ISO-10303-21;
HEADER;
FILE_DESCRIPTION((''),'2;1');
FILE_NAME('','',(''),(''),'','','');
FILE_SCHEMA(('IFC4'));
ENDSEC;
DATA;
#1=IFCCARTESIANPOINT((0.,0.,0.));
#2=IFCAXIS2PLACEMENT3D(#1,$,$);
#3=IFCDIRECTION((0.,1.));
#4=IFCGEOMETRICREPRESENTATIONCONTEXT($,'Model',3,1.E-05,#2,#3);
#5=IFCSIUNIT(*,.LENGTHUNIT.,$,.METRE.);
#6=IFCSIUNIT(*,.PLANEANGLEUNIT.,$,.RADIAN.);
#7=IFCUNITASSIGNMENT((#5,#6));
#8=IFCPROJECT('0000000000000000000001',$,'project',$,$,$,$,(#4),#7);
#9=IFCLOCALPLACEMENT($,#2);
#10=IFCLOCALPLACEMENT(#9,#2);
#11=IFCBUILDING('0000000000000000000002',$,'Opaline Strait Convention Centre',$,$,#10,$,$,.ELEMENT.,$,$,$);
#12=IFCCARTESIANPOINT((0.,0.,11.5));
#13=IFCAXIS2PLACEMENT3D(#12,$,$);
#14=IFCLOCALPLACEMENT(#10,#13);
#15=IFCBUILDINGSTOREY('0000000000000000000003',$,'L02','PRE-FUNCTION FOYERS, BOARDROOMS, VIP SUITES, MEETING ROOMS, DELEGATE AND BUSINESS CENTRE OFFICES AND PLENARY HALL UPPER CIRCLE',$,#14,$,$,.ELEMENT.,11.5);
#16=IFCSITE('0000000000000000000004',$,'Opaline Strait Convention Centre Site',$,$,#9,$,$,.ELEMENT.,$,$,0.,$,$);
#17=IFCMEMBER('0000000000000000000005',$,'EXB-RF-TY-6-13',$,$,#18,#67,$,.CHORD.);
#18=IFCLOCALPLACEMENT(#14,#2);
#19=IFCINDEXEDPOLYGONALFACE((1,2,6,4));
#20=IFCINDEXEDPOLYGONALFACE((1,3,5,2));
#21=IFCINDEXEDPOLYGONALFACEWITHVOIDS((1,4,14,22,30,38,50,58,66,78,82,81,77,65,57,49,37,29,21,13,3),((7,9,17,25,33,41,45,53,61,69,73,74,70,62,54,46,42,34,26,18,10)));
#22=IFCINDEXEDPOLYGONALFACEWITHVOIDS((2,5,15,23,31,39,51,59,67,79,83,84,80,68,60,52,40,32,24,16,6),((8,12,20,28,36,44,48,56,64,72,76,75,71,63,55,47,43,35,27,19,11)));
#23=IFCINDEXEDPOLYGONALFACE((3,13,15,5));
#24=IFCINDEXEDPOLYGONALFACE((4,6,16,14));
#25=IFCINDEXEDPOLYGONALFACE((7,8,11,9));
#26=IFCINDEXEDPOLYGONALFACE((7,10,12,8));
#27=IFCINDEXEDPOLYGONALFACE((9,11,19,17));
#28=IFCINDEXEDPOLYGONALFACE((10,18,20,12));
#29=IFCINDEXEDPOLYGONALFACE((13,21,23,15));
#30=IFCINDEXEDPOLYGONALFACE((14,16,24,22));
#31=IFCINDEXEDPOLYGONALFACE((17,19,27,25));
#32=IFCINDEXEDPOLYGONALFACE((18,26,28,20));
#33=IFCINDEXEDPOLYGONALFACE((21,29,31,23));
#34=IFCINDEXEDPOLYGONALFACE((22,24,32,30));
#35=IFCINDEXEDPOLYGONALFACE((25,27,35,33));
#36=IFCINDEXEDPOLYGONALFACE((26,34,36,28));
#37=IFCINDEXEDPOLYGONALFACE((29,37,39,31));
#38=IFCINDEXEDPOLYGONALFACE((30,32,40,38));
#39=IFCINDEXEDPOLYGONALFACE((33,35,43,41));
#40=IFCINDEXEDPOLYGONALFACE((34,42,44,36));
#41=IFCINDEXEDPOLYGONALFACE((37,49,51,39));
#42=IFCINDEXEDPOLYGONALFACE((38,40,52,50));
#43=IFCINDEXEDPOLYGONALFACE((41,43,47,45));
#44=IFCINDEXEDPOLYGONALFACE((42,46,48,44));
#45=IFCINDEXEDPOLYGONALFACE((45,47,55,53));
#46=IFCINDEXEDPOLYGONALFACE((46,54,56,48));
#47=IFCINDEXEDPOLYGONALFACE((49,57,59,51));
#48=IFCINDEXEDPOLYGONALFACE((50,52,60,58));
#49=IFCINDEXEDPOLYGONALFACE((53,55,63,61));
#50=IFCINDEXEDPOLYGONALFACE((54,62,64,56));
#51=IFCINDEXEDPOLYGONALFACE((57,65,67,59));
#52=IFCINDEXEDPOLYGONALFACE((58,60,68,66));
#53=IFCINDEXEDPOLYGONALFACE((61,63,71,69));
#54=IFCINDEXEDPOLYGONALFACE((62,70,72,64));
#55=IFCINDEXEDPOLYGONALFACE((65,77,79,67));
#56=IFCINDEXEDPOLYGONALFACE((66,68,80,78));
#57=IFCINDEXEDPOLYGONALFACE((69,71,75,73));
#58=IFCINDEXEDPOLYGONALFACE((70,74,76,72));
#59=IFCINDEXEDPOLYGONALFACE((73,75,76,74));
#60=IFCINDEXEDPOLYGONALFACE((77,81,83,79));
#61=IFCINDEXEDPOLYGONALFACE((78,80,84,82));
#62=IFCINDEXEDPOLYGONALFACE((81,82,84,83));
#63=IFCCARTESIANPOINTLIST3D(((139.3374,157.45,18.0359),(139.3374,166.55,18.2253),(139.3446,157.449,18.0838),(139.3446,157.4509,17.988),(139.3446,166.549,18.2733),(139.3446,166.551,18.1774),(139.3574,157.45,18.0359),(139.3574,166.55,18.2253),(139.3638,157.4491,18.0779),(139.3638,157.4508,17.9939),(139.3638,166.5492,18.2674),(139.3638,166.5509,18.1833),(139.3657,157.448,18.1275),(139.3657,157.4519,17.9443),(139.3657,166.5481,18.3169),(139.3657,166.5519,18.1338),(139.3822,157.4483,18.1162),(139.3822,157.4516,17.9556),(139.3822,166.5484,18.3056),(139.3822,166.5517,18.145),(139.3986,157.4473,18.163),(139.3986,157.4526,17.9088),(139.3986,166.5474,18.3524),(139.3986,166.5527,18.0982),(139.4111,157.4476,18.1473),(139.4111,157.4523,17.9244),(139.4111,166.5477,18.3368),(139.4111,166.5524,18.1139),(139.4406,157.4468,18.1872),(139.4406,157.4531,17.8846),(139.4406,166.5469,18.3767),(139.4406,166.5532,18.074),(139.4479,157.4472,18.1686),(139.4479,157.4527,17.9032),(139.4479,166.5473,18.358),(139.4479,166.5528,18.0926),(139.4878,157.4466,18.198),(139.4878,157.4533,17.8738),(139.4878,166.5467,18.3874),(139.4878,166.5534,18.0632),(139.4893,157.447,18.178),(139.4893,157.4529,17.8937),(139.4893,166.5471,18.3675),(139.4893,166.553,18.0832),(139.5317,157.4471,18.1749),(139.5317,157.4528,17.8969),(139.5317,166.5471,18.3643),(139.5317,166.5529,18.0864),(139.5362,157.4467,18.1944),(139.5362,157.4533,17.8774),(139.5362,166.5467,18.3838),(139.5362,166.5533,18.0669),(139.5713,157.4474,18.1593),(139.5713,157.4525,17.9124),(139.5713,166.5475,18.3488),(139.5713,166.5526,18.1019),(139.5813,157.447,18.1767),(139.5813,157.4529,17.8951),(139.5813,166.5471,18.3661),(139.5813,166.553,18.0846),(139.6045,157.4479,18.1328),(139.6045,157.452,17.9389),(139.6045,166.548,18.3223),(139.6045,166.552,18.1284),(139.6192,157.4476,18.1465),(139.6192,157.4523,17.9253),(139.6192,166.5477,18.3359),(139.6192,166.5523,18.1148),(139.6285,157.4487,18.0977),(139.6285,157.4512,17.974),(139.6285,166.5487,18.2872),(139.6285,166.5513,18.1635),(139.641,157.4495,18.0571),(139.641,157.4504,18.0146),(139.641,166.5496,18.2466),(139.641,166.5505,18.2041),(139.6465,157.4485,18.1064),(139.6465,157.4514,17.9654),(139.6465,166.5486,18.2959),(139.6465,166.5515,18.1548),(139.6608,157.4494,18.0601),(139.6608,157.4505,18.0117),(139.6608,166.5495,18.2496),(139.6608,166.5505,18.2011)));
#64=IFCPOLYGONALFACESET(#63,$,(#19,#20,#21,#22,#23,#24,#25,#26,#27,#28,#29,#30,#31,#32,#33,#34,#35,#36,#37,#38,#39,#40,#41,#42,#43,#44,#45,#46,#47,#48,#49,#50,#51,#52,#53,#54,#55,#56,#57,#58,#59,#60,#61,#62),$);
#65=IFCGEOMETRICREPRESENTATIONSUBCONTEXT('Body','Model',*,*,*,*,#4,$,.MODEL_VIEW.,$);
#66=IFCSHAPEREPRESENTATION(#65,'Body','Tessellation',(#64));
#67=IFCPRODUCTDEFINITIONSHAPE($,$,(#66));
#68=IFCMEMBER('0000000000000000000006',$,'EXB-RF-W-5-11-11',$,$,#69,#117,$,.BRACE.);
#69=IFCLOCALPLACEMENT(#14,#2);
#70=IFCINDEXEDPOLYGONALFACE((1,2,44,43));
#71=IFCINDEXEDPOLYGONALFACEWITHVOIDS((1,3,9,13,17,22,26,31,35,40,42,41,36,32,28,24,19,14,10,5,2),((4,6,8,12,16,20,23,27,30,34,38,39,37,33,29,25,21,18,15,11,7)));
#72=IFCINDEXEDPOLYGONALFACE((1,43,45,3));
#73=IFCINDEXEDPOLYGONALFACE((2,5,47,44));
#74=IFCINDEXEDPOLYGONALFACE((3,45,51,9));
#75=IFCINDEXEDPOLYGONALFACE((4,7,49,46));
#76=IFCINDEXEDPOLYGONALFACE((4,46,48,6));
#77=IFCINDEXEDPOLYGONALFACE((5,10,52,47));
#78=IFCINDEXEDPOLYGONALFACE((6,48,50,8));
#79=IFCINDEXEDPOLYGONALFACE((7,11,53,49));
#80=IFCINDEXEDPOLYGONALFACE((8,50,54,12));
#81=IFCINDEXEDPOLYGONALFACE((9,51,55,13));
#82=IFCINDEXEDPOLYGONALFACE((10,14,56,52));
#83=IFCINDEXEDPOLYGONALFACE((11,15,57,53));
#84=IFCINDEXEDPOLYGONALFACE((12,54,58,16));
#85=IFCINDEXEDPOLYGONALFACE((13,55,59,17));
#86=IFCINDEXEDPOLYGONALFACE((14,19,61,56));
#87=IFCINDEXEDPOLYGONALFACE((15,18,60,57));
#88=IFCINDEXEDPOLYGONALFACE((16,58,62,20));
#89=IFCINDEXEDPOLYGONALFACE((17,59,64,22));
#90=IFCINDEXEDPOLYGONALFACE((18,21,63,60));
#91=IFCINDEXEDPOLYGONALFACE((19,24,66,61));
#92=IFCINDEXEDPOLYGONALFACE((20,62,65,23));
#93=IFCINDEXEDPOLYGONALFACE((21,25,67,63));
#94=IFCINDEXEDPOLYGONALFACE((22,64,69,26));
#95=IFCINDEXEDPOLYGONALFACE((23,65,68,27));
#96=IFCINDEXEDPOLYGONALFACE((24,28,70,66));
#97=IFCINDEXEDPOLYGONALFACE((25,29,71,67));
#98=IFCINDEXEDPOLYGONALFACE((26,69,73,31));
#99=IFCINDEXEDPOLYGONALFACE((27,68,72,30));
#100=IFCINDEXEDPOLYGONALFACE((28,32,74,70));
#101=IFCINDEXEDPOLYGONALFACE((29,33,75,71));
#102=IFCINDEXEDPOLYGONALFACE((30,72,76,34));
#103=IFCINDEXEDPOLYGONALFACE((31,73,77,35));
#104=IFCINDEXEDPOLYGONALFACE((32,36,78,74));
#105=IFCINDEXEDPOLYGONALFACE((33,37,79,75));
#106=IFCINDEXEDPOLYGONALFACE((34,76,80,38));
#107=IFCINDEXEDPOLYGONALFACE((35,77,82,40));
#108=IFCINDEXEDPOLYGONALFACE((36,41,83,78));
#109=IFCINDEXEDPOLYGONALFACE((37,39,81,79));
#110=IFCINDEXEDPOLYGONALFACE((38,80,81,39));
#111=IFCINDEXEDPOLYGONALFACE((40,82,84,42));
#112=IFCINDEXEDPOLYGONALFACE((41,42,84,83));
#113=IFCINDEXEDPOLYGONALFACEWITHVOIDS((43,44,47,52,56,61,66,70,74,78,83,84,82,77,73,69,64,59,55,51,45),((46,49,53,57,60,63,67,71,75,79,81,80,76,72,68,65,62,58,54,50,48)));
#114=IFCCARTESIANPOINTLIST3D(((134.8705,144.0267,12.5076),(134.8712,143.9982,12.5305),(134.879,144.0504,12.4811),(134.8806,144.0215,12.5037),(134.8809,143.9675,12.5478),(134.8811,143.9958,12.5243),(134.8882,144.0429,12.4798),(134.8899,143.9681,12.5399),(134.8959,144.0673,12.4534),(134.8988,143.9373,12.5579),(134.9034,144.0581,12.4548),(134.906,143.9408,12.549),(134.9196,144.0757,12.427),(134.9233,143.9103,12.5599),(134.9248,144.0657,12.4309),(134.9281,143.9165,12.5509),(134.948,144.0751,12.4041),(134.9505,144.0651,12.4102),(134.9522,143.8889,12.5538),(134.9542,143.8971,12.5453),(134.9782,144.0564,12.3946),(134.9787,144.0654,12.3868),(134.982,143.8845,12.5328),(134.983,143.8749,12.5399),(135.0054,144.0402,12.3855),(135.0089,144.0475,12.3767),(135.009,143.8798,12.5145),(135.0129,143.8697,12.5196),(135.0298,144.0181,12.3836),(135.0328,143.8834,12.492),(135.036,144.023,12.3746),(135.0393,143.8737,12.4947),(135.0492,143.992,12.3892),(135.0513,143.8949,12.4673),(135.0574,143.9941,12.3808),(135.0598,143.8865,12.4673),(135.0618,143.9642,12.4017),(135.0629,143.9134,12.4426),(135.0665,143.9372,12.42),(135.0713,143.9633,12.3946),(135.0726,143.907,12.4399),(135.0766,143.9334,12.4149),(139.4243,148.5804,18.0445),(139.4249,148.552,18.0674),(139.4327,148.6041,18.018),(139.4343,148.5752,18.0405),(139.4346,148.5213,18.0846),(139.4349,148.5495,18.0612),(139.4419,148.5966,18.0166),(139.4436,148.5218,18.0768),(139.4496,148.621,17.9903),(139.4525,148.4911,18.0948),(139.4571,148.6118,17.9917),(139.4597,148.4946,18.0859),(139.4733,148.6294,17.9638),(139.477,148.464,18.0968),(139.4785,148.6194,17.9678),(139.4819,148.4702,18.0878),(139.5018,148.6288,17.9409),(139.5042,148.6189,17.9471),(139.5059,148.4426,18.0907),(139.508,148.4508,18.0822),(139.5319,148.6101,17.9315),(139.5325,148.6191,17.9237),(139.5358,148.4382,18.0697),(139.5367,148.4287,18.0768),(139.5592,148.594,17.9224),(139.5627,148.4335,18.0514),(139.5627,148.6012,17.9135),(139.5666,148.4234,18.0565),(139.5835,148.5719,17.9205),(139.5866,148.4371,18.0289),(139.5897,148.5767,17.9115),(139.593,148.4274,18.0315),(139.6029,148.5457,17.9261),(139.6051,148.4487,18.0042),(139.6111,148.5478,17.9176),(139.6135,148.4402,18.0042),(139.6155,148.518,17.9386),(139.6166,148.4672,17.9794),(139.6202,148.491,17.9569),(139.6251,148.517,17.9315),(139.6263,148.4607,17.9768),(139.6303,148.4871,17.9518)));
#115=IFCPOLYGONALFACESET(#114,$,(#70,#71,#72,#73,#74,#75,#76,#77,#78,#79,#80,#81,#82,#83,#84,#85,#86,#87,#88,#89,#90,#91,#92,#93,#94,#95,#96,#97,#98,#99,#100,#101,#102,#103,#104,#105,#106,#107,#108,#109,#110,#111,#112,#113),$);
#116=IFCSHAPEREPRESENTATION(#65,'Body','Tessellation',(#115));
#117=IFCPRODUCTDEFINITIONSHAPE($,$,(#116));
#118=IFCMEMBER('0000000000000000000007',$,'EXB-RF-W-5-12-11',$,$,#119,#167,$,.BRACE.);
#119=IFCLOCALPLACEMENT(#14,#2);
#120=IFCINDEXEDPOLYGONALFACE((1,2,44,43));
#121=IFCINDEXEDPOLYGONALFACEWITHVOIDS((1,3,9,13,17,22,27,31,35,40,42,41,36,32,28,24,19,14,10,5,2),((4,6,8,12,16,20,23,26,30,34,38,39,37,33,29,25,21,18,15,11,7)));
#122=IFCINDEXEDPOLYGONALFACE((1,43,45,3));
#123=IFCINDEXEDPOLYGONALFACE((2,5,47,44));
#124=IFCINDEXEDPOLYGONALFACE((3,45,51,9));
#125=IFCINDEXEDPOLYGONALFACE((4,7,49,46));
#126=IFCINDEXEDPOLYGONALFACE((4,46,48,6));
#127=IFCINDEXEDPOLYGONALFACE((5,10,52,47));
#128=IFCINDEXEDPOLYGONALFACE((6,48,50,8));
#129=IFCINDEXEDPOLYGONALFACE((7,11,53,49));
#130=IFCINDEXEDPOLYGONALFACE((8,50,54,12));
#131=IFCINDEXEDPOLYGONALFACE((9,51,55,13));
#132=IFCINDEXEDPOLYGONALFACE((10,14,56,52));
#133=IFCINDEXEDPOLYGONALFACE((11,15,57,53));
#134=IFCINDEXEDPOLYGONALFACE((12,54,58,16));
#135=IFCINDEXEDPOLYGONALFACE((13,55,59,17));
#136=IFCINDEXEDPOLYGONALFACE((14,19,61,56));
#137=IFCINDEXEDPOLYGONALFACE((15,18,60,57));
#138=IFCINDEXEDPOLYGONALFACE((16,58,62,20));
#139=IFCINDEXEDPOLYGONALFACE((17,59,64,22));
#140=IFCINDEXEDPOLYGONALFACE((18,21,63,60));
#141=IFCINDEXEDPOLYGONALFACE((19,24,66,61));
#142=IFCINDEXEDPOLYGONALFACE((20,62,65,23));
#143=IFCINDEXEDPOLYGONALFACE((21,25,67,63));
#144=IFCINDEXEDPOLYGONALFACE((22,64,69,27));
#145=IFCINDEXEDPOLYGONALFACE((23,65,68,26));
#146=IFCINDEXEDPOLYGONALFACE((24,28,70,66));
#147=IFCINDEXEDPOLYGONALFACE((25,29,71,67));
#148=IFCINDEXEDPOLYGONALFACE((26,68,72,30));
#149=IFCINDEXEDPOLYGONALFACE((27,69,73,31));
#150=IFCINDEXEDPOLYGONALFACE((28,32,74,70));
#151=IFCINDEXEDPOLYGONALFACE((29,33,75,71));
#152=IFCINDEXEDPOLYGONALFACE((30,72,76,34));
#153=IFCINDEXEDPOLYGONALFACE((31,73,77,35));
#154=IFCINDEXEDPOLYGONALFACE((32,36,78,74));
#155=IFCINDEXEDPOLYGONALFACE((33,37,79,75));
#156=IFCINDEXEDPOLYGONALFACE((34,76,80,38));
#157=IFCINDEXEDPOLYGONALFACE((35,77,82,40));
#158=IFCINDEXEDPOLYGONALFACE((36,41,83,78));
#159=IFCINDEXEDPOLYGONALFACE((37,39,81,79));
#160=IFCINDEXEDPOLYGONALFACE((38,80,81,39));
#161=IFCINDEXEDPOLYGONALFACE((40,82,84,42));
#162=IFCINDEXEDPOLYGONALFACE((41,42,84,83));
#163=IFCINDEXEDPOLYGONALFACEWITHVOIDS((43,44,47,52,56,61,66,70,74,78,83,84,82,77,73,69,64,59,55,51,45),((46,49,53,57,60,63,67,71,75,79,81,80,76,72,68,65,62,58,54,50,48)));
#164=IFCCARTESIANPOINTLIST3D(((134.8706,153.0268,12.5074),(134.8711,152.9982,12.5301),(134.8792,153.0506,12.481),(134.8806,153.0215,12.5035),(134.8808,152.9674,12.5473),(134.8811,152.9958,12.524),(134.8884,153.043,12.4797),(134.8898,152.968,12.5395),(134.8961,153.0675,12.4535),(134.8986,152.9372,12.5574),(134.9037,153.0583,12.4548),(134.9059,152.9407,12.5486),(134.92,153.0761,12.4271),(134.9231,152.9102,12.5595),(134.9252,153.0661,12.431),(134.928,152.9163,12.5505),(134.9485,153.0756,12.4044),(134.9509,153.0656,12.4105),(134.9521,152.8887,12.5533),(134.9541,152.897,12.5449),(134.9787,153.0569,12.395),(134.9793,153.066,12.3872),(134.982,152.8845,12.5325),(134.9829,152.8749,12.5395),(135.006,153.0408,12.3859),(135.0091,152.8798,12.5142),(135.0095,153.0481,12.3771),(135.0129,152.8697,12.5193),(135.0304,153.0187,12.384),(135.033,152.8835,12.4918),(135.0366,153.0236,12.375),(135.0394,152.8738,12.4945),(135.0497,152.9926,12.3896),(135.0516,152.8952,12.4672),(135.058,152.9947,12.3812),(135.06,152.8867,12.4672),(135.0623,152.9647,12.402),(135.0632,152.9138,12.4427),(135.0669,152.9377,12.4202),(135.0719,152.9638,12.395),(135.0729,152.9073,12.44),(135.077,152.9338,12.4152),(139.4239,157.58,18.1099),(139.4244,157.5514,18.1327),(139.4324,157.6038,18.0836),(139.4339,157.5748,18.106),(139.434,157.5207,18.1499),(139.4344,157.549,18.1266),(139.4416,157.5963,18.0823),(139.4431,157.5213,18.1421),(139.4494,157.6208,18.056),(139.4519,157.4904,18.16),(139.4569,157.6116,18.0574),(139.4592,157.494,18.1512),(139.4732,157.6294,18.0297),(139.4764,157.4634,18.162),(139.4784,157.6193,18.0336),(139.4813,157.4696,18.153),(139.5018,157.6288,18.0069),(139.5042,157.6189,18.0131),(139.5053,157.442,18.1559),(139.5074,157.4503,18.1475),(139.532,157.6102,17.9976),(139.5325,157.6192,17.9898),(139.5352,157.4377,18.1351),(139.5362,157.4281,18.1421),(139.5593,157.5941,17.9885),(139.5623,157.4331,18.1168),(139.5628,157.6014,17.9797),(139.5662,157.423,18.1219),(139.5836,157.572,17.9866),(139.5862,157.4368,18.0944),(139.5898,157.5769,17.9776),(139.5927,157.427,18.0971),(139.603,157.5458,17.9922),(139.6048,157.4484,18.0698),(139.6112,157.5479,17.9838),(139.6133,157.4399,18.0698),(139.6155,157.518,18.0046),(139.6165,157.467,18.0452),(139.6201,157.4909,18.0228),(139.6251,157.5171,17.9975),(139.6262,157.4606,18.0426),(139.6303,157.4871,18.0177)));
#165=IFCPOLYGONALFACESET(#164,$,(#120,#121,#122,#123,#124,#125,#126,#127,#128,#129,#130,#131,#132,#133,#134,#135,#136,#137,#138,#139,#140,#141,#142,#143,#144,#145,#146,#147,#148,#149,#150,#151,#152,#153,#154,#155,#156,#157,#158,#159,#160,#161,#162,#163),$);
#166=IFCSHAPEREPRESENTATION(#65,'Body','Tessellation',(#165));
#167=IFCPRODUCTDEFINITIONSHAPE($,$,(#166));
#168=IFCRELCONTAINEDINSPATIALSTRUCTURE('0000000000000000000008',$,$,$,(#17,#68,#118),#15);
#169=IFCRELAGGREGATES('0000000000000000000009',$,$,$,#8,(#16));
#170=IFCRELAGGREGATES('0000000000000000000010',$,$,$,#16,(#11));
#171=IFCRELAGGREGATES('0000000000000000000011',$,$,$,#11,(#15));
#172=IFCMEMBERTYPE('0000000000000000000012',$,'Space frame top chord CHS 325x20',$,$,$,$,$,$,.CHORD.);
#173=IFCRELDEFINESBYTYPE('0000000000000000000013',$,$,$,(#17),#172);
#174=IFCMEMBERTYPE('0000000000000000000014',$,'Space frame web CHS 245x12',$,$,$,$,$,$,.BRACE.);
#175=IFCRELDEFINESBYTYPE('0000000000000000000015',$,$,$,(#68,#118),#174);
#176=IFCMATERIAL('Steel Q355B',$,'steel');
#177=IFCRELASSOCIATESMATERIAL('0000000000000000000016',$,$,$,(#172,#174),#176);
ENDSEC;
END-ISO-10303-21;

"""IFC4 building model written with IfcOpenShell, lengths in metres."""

from ifc_helpers import new_model, si_unit, direction, frame, origin, origin_2d, place, context, subcontext, project, spatial, hollow_circle, extrude, material, material_profile, profile_set, type_object, element, save


model = new_model("IFC4")

# Units and contexts
model_context = context("Model", 3, precision=1e-05, world=origin(), true_north=direction((0.0, 1.0)))
body_context = subcontext(model_context, "Body", "Model", "MODEL_VIEW")
ifc_project = project(units=[si_unit("LENGTHUNIT", "METRE"), si_unit("PLANEANGLEUNIT", "RADIAN")], contexts=[model_context])

# Site, building, storey
site_placement = place(None, origin())
site = spatial("IfcSite", under=ifc_project, at=site_placement, Name="Opaline Strait Convention Centre Site", CompositionType="ELEMENT", RefElevation=0.0)
building_placement = place(site_placement, origin())
building = spatial("IfcBuilding", under=site, at=building_placement, Name="Opaline Strait Convention Centre", CompositionType="ELEMENT")
storey_placement = place(building_placement, frame((0.0, 0.0, 11.5)))
storey = spatial("IfcBuildingStorey", under=building, at=storey_placement, Name="L02", Description="PRE-FUNCTION FOYERS, BOARDROOMS, VIP SUITES, MEETING ROOMS, DELEGATE AND BUSINESS CENTRE OFFICES AND PLENARY HALL UPPER CIRCLE", CompositionType="ELEMENT", Elevation=11.5)

# Members
ifc_material_1 = material(Name="Steel Q355B", Category="steel")
ifc_material_profile_1 = material_profile(ifc_material_1, hollow_circle(Radius=0.1626, WallThickness=0.02, at=origin_2d()), Name="CHS 325x20")
ifc_profile_set_1 = profile_set([ifc_material_profile_1], Name="Steel Q355B")
member_type_1 = type_object("IfcMemberType", Name="Space frame top chord CHS 325x20", PredefinedType="CHORD", material=ifc_profile_set_1)
member_1_placement = place(storey_placement, frame((139.5, 157.45, 18.0359), z_axis=(0.0, 0.999783, 0.020814), x_axis=(-1.0, 0.0, 0.0)))
element("IfcMember", 1, at=member_1_placement, inside=storey, type_object=member_type_1, Name="EXB-RF-TY-6-13", PredefinedType="CHORD", context=body_context, shape_type="SweptSolid", body=[
    extrude(hollow_circle(Radius=0.1626, WallThickness=0.02, at=origin_2d()), origin(), (0.0, 0.0, 1.0), 9.1021),
])
ifc_material_profile_2 = material_profile(ifc_material_1, hollow_circle(Radius=0.1226, WallThickness=0.012, at=origin_2d()), Name="CHS 245x12")
ifc_profile_set_2 = profile_set([ifc_material_profile_2], Name="Steel Q355B")
member_type_2 = type_object("IfcMemberType", Name="Space frame web CHS 245x12", PredefinedType="BRACE", material=ifc_profile_set_2)
member_2_placement = place(storey_placement, frame((139.5269, 148.5269, 18.0042), z_axis=(-0.536178, -0.536178, -0.65194), x_axis=(0.707107, -0.707107, 0.0)))
element("IfcMember", 2, at=member_2_placement, inside=storey, type_object=member_type_2, Name="EXB-RF-W-5-11-11", PredefinedType="BRACE", context=body_context, shape_type="SweptSolid", body=[
    extrude(hollow_circle(Radius=0.1226, WallThickness=0.012, at=origin_2d()), origin(), (0.0, 0.0, 1.0), 8.4929),
])
member_3_placement = place(storey_placement, frame((139.5266, 157.5266, 18.0698), z_axis=(-0.533455, -0.533455, -0.656393), x_axis=(0.707107, -0.707107, 0.0)))
element("IfcMember", 3, at=member_3_placement, inside=storey, type_object=member_type_2, Name="EXB-RF-W-5-12-11", PredefinedType="BRACE", context=body_context, shape_type="SweptSolid", body=[
    extrude(hollow_circle(Radius=0.1226, WallThickness=0.012, at=origin_2d()), origin(), (0.0, 0.0, 1.0), 8.5354),
])

save(model, "model.ifc")
